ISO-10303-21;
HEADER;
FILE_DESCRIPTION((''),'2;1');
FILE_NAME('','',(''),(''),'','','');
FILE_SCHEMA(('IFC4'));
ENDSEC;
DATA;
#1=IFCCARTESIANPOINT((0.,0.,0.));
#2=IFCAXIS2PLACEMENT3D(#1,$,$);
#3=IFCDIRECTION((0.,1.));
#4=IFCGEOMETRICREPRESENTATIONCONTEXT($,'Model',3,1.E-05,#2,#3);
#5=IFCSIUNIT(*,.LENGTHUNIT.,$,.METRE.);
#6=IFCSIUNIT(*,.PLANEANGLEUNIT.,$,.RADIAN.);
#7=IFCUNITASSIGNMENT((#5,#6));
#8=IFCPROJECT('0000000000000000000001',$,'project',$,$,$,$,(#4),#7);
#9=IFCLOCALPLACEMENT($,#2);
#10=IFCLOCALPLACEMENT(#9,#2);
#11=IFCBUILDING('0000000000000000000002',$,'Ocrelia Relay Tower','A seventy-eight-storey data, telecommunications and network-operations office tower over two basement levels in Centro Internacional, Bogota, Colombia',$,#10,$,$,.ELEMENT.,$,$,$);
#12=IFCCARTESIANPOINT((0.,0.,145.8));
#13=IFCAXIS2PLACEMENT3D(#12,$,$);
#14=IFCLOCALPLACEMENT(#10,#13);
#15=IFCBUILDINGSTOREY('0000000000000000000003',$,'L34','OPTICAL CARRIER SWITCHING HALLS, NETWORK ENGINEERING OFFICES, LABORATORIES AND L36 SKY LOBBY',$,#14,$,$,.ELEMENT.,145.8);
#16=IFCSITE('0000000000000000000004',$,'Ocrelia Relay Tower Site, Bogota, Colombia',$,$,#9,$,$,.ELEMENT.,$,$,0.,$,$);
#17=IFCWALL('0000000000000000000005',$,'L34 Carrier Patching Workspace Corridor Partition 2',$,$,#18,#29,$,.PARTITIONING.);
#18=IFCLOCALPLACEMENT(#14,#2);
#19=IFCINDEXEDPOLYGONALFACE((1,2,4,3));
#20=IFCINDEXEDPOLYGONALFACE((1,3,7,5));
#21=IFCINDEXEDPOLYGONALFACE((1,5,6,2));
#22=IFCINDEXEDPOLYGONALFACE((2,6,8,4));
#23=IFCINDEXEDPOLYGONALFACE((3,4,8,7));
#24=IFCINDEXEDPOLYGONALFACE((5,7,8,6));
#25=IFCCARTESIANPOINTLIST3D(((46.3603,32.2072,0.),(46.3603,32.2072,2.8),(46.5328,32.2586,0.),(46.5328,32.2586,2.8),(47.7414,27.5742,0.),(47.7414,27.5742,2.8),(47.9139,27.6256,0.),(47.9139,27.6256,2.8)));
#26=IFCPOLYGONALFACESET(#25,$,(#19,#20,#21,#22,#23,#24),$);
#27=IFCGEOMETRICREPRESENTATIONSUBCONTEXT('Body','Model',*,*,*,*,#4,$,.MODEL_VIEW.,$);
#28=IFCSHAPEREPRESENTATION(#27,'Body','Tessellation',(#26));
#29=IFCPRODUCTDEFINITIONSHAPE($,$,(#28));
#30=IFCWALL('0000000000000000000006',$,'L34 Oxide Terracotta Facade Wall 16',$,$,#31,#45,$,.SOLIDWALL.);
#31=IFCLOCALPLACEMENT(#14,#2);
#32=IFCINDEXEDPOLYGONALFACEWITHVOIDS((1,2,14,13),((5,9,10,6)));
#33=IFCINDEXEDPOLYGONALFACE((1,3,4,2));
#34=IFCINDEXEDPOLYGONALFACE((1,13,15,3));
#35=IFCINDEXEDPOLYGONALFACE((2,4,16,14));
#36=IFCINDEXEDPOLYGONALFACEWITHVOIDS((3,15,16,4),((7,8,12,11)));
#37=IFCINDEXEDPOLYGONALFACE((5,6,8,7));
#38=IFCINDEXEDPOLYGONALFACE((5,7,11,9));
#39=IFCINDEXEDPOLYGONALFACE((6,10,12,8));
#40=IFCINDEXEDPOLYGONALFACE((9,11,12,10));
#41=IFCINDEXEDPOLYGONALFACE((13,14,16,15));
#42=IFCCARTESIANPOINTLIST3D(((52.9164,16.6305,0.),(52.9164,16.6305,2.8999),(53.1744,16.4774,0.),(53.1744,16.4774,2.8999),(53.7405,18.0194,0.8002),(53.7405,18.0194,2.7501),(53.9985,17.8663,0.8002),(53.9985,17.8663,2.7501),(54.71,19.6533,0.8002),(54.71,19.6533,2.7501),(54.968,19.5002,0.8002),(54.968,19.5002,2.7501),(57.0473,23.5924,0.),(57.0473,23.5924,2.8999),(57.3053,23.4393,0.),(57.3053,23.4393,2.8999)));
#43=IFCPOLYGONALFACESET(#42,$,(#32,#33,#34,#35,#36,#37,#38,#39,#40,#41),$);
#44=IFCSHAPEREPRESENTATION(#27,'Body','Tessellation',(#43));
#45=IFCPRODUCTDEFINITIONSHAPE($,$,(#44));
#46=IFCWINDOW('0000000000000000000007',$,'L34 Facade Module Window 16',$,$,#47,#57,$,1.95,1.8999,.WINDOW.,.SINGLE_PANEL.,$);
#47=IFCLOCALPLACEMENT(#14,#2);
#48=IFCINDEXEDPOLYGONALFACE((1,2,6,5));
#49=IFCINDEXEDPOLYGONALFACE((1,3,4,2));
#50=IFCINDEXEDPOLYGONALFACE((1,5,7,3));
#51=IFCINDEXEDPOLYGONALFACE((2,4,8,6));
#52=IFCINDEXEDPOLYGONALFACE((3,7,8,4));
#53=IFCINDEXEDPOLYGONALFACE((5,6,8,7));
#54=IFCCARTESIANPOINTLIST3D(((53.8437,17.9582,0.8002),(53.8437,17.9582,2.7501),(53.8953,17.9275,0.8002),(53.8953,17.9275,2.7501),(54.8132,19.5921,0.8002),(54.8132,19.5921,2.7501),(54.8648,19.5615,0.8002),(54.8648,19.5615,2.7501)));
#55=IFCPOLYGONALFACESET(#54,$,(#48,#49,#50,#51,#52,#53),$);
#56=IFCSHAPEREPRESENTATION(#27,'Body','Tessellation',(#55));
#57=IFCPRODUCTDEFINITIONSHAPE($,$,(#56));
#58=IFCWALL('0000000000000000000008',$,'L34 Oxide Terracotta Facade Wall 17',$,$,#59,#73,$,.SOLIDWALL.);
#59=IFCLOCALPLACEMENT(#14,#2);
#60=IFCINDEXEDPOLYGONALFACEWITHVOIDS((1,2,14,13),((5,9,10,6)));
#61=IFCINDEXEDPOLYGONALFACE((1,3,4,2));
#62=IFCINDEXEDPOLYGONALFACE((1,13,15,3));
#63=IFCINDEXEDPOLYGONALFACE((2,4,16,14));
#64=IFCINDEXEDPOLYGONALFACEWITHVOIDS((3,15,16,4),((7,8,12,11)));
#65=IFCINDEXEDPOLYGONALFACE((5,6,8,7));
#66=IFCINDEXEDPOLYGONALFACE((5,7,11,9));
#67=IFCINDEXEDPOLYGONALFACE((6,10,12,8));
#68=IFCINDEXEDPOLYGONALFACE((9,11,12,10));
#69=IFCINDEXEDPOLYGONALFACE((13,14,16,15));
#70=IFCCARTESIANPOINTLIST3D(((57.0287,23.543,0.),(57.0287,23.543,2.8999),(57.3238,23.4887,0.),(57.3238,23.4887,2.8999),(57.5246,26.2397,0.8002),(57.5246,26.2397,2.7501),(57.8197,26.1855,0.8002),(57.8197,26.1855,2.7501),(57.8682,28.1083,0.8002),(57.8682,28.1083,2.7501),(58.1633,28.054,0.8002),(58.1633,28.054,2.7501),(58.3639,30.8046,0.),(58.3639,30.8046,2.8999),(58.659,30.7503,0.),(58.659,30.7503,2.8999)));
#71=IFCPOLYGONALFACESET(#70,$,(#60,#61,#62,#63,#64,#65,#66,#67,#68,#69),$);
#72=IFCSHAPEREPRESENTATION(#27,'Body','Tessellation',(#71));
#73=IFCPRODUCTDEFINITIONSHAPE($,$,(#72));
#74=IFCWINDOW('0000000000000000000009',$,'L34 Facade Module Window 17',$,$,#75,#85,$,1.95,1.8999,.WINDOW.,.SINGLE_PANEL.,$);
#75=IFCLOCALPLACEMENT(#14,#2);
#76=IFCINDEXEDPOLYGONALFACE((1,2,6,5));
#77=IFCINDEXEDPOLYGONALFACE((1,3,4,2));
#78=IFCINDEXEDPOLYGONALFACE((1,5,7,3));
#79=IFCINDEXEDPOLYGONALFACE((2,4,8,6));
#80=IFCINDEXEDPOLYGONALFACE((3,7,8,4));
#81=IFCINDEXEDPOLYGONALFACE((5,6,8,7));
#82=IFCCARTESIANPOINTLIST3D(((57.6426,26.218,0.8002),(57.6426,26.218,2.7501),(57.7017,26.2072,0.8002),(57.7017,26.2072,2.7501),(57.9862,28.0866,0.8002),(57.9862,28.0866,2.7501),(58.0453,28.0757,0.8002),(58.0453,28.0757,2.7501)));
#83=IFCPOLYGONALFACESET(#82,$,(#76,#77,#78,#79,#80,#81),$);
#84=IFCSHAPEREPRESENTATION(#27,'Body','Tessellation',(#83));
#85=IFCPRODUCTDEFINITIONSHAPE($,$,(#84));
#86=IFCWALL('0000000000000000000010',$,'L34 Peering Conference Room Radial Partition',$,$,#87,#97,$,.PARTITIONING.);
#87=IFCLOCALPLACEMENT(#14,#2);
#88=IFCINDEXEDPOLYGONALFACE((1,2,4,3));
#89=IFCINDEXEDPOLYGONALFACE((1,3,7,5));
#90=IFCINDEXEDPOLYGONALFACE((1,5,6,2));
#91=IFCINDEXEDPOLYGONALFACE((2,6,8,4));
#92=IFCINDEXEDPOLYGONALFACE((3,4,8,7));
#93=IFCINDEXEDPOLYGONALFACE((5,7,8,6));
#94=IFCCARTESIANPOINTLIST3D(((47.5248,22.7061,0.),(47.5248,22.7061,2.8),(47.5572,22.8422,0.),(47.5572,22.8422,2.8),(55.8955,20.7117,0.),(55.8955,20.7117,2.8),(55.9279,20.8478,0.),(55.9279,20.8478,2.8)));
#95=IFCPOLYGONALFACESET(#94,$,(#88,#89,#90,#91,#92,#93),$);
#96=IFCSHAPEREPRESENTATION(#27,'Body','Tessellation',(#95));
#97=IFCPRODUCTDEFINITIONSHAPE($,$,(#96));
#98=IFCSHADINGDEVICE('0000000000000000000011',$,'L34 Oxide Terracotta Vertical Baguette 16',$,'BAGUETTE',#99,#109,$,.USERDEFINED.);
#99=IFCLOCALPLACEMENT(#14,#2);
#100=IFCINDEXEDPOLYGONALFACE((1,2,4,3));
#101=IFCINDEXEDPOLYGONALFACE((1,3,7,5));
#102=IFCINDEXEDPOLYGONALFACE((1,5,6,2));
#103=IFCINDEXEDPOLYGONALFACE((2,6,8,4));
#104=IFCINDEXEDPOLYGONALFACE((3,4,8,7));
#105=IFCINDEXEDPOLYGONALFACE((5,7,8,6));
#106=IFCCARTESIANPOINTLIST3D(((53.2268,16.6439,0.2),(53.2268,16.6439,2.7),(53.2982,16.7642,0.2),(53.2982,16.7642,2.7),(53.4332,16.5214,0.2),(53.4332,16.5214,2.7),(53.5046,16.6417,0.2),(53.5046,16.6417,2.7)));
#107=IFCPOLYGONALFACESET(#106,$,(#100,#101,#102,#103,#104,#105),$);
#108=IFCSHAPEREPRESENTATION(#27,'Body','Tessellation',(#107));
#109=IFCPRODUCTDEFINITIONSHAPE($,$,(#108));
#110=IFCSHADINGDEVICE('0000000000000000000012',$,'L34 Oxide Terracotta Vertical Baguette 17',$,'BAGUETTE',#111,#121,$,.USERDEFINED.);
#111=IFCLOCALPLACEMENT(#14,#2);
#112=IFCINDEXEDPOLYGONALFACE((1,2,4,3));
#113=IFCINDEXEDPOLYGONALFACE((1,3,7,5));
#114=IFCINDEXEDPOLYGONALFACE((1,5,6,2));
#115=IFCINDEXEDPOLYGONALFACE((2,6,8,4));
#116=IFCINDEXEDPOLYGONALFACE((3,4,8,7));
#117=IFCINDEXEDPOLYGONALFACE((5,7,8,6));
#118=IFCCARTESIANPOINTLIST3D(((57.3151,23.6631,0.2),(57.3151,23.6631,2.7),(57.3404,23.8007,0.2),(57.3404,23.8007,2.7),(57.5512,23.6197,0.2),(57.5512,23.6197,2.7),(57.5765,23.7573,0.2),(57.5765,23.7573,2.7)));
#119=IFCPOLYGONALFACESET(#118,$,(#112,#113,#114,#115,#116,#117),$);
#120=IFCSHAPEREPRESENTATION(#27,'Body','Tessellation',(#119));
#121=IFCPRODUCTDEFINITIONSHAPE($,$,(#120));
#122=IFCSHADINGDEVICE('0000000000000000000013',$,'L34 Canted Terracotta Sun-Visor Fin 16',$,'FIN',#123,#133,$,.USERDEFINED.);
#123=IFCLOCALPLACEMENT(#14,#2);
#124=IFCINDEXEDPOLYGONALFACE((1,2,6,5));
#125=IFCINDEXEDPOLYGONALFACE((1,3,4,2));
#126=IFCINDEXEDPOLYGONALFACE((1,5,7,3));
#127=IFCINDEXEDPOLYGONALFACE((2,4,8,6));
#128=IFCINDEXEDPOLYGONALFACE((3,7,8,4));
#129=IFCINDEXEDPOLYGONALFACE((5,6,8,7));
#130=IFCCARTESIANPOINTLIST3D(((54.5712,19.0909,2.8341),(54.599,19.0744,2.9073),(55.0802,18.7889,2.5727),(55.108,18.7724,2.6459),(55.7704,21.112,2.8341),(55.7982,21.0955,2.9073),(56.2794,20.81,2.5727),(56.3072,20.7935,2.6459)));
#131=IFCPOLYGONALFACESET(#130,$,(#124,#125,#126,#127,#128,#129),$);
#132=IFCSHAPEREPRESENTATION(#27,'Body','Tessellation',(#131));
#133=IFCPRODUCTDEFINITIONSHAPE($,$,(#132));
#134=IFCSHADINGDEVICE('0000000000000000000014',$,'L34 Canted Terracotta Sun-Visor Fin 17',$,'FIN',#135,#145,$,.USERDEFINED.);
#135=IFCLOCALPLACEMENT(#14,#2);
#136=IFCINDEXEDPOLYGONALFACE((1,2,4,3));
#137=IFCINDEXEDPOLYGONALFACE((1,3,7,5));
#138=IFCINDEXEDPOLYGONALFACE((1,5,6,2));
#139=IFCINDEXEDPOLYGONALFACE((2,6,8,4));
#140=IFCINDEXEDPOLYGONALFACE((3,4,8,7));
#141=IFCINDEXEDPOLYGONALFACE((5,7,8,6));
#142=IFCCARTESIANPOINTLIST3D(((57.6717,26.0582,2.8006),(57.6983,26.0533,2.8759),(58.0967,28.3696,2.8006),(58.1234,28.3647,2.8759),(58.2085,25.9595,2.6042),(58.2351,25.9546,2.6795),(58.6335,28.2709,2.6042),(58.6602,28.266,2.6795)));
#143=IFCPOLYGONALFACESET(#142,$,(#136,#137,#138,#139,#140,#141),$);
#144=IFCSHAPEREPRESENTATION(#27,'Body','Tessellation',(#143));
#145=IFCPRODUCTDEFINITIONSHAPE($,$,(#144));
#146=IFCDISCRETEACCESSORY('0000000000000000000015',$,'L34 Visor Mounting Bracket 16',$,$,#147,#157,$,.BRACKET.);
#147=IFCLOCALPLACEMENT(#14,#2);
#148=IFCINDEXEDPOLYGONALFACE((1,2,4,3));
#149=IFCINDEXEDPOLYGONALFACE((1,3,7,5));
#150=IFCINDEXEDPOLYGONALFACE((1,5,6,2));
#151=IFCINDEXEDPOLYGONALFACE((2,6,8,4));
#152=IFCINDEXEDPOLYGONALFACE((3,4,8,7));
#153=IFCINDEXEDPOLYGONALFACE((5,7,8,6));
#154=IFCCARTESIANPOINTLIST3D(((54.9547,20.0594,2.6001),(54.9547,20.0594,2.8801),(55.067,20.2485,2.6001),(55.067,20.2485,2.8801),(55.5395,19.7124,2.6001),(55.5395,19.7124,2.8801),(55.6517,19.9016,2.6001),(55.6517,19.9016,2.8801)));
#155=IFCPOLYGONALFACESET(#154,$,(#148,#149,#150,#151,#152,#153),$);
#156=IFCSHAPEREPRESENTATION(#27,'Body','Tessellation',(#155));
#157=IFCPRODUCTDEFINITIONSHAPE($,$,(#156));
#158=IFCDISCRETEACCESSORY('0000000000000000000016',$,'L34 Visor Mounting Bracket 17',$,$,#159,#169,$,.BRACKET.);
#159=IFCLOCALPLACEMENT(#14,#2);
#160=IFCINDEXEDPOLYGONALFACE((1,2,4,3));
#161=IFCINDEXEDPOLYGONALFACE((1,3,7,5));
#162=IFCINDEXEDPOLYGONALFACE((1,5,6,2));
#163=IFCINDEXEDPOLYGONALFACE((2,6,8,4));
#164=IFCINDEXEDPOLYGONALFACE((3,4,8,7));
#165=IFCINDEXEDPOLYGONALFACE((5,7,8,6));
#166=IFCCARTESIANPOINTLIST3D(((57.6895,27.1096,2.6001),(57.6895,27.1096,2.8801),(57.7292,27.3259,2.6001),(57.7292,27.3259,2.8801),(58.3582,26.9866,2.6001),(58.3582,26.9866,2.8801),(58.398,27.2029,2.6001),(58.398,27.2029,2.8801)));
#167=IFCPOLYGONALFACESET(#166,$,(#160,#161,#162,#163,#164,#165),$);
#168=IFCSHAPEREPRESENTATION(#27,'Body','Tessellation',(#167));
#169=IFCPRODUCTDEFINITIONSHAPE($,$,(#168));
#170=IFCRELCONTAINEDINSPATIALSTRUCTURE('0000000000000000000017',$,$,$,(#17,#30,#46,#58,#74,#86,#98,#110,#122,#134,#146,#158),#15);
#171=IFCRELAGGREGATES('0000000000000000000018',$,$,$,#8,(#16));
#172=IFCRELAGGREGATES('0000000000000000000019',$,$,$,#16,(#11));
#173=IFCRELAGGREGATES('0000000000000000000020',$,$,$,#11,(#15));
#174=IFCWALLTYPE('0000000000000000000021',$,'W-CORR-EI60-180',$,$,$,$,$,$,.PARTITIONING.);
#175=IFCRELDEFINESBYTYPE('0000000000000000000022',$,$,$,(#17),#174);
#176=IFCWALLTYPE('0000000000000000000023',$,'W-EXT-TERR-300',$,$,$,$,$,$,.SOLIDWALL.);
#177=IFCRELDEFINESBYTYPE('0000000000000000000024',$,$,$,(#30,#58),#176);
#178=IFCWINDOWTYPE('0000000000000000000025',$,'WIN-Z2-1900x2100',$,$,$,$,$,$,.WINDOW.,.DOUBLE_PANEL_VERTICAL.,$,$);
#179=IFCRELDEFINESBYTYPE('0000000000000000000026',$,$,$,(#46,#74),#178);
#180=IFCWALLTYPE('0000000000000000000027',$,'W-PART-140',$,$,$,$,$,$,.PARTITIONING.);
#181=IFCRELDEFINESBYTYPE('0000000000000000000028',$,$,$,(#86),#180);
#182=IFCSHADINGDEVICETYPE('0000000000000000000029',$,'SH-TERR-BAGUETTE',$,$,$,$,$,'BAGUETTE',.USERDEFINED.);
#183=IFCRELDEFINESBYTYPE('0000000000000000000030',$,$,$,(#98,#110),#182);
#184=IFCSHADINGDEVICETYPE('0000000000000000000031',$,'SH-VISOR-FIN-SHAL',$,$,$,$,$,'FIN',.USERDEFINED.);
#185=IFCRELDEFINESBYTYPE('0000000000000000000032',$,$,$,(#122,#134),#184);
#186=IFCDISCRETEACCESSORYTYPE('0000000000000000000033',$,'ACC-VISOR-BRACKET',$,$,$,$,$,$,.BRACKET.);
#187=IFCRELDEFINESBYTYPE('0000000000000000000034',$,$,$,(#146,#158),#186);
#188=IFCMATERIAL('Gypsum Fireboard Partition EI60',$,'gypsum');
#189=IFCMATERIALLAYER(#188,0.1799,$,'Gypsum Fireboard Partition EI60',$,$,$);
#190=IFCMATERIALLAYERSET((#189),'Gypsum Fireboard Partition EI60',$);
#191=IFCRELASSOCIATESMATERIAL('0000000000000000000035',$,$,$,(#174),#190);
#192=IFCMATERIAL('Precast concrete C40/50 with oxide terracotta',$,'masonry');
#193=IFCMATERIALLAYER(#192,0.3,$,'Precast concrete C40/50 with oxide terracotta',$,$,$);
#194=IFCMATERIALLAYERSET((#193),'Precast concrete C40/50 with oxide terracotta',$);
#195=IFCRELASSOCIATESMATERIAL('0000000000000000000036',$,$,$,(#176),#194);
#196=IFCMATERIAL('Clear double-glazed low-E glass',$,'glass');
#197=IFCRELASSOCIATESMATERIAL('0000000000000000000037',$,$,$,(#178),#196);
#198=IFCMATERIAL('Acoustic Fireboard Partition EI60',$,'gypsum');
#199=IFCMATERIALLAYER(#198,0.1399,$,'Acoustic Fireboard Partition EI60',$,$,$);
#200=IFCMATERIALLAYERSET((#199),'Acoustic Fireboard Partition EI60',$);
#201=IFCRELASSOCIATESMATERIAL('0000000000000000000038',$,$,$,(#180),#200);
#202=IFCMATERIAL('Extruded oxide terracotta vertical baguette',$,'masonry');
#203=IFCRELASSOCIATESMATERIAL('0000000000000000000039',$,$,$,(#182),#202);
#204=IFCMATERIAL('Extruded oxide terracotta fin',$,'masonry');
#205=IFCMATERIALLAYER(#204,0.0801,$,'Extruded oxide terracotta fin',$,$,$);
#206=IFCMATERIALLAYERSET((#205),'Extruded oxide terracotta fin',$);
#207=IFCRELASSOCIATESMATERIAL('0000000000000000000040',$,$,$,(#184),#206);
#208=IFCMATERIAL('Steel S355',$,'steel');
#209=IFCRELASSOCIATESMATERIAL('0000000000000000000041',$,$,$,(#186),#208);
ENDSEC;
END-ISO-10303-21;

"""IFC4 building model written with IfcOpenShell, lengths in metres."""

from ifc_helpers import new_model, si_unit, direction, frame, frame_2d, origin, origin_2d, place, context, subcontext, project, spatial, rectangle, extrude, material, layer, layer_set, type_object, element, fill, save


model = new_model("IFC4")

# Units and contexts
model_context = context("Model", 3, precision=1e-05, world=origin(), true_north=direction((0.0, 1.0)))
body_context = subcontext(model_context, "Body", "Model", "MODEL_VIEW")
ifc_project = project(units=[si_unit("LENGTHUNIT", "METRE"), si_unit("PLANEANGLEUNIT", "RADIAN")], contexts=[model_context])

# Site, building, storey
site_placement = place(None, origin())
site = spatial("IfcSite", under=ifc_project, at=site_placement, Name="Ocrelia Relay Tower Site, Bogota, Colombia", CompositionType="ELEMENT", RefElevation=0.0)
building_placement = place(site_placement, origin())
building = spatial("IfcBuilding", under=site, at=building_placement, Name="Ocrelia Relay Tower", Description="A seventy-eight-storey data, telecommunications and network-operations office tower over two basement levels in Centro Internacional, Bogota, Colombia", CompositionType="ELEMENT")
storey_placement = place(building_placement, frame((0.0, 0.0, 145.8)))
storey = spatial("IfcBuildingStorey", under=building, at=storey_placement, Name="L34", Description="OPTICAL CARRIER SWITCHING HALLS, NETWORK ENGINEERING OFFICES, LABORATORIES AND L36 SKY LOBBY", CompositionType="ELEMENT", Elevation=145.8)

# Shared definitions
ifc_material_1 = material(Name="Steel S355", Category="steel")

# Shared definitions
ifc_material_2 = material(Name="Gypsum Fireboard Partition EI60", Category="gypsum")
ifc_layer_1 = layer(ifc_material_2, 0.1799, Name="Gypsum Fireboard Partition EI60")
ifc_layer_set_1 = layer_set([ifc_layer_1], Name="Gypsum Fireboard Partition EI60")
wall_type_1 = type_object("IfcWallType", Name="W-CORR-EI60-180", PredefinedType="PARTITIONING", material=ifc_layer_set_1)

# Wall
wall_1_placement = place(storey_placement, frame((47.8276, 27.5999, 0.0), z_axis=(0.0, 0.0, 1.0), x_axis=(-0.285675, 0.958327, 0.0)))
element("IfcWall", 1, at=wall_1_placement, inside=storey, type_object=wall_type_1, Name="L34 Carrier Patching Workspace Corridor Partition 2", PredefinedType="PARTITIONING", context=body_context, shape_type="SweptSolid", body=[
    extrude(rectangle(XDim=4.8345, YDim=0.1799, at=frame_2d((2.4172, 0.0))), origin(), (0.0, 0.0, 1.0), 2.8),
])

# Walls, openings, windows
ifc_material_3 = material(Name="Precast concrete C40/50 with oxide terracotta", Category="masonry")
ifc_layer_2 = layer(ifc_material_3, 0.3, Name="Precast concrete C40/50 with oxide terracotta")
ifc_layer_set_2 = layer_set([ifc_layer_2], Name="Precast concrete C40/50 with oxide terracotta")
wall_type_2 = type_object("IfcWallType", Name="W-EXT-TERR-300", PredefinedType="SOLIDWALL", material=ifc_layer_set_2)
wall_2_placement = place(storey_placement, frame((53.0454, 16.554, 0.0), z_axis=(0.0, 0.0, 1.0), x_axis=(0.510285, 0.860005, 0.0)))
wall_2 = element("IfcWall", 2, at=wall_2_placement, inside=storey, type_object=wall_type_2, Name="L34 Oxide Terracotta Facade Wall 16", PredefinedType="SOLIDWALL", context=body_context, shape_type="SweptSolid", body=[
    extrude(rectangle(XDim=8.0952, YDim=0.3, at=frame_2d((4.0476, 0.0))), origin(), (0.0, 0.0, 1.0), 2.8999),
])
opening_1_placement = place(wall_2_placement, frame((1.615, 0.0, 0.8)))
opening_1 = element("IfcOpeningElement", 3, at=opening_1_placement, cuts=wall_2, PredefinedType="OPENING", context=body_context, shape_type="SweptSolid", body=[
    extrude(rectangle(XDim=1.8999, YDim=1.95, at=frame_2d((0.95, 0.9751))), frame((0.0, 0.1602, 0.0), z_axis=(0.0, -1.0, 0.0), x_axis=(1.0, 0.0, 0.0)), (0.0, 0.0, 1.0), 0.3201),
])
ifc_material_4 = material(Name="Clear double-glazed low-E glass", Category="glass")
window_type = type_object("IfcWindowType", Name="WIN-Z2-1900x2100", PartitioningType="DOUBLE_PANEL_VERTICAL", PredefinedType="WINDOW", material=ifc_material_4)
window_1_placement = place(opening_1_placement, origin())
window_1 = element("IfcWindow", 4, at=window_1_placement, inside=storey, type_object=window_type, Name="L34 Facade Module Window 16", OverallHeight=1.95, OverallWidth=1.8999, PartitioningType="SINGLE_PANEL", PredefinedType="WINDOW", context=body_context, shape_type="SweptSolid", body=[
    extrude(rectangle(XDim=1.8999, YDim=1.95, at=frame_2d((0.95, 0.9751))), frame((0.0, 0.03, 0.0), z_axis=(0.0, -1.0, 0.0), x_axis=(1.0, 0.0, 0.0)), (0.0, 0.0, 1.0), 0.0601),
])
fill(opening_1, window_1)
wall_3_placement = place(storey_placement, frame((57.1763, 23.5159, 0.0), z_axis=(0.0, 0.0, 1.0), x_axis=(0.180843, 0.983512, 0.0)))
wall_3 = element("IfcWall", 5, at=wall_3_placement, inside=storey, type_object=wall_type_2, Name="L34 Oxide Terracotta Facade Wall 17", PredefinedType="SOLIDWALL", context=body_context, shape_type="SweptSolid", body=[
    extrude(rectangle(XDim=7.3833, YDim=0.3, at=frame_2d((3.6917, 0.0))), origin(), (0.0, 0.0, 1.0), 2.8999),
])
opening_2_placement = place(wall_3_placement, frame((2.7419, 0.0, 0.8)))
opening_2 = element("IfcOpeningElement", 6, at=opening_2_placement, cuts=wall_3, PredefinedType="OPENING", context=body_context, shape_type="SweptSolid", body=[
    extrude(rectangle(XDim=1.8999, YDim=1.95, at=frame_2d((0.95, 0.9751))), frame((0.0, 0.1602, 0.0), z_axis=(0.0, -1.0, 0.0), x_axis=(1.0, 0.0, 0.0)), (0.0, 0.0, 1.0), 0.3201),
])
window_2_placement = place(opening_2_placement, origin())
window_2 = element("IfcWindow", 7, at=window_2_placement, inside=storey, type_object=window_type, Name="L34 Facade Module Window 17", OverallHeight=1.95, OverallWidth=1.8999, PartitioningType="SINGLE_PANEL", PredefinedType="WINDOW", context=body_context, shape_type="SweptSolid", body=[
    extrude(rectangle(XDim=1.8999, YDim=1.95, at=frame_2d((0.95, 0.9751))), frame((0.0, 0.03, 0.0), z_axis=(0.0, -1.0, 0.0), x_axis=(1.0, 0.0, 0.0)), (0.0, 0.0, 1.0), 0.0601),
])
fill(opening_2, window_2)

# Wall
ifc_material_5 = material(Name="Acoustic Fireboard Partition EI60", Category="gypsum")
ifc_layer_3 = layer(ifc_material_5, 0.1399, Name="Acoustic Fireboard Partition EI60")
ifc_layer_set_3 = layer_set([ifc_layer_3], Name="Acoustic Fireboard Partition EI60")
wall_type_3 = type_object("IfcWallType", Name="W-PART-140", PredefinedType="PARTITIONING", material=ifc_layer_set_3)
wall_4_placement = place(storey_placement, frame((47.541, 22.7742, 0.0), z_axis=(0.0, 0.0, 1.0), x_axis=(0.97277, -0.231773, 0.0)))
element("IfcWall", 8, at=wall_4_placement, inside=storey, type_object=wall_type_3, Name="L34 Peering Conference Room Radial Partition", PredefinedType="PARTITIONING", context=body_context, shape_type="SweptSolid", body=[
    extrude(rectangle(XDim=8.605, YDim=0.1399, at=frame_2d((4.3025, 0.0))), origin(), (0.0, 0.0, 1.0), 2.8),
])

# Shading devices
ifc_material_6 = material(Name="Extruded oxide terracotta vertical baguette", Category="masonry")
shading_device_type_1 = type_object("IfcShadingDeviceType", Name="SH-TERR-BAGUETTE", ElementType="BAGUETTE", PredefinedType="USERDEFINED", material=ifc_material_6)
for number, where, z_axis, x_axis, name in (
    (9, (53.3657, 16.6428, 0.2), (0.0, 0.0, 1.0), (0.510271, 0.860013, 0.0), "L34 Oxide Terracotta Vertical Baguette 16"),
    (10, (57.4458, 23.7102, 0.2), (0.0, 0.0, 1.0), (0.180855, 0.98351, 0.0), "L34 Oxide Terracotta Vertical Baguette 17"),
):
    element("IfcShadingDevice", number, at=place(storey_placement, frame(where, z_axis=z_axis, x_axis=x_axis)), inside=storey, type_object=shading_device_type_1, Name=name, ObjectType="BAGUETTE", PredefinedType="USERDEFINED", context=body_context, shape_type="SweptSolid", body=[
        extrude(rectangle(XDim=0.1399, YDim=0.24, at=origin_2d()), origin(), (0.0, 0.0, 1.0), 2.5),
    ])
ifc_material_7 = material(Name="Extruded oxide terracotta fin", Category="masonry")
ifc_layer_4 = layer(ifc_material_7, 0.0801, Name="Extruded oxide terracotta fin")
ifc_layer_set_4 = layer_set([ifc_layer_4], Name="Extruded oxide terracotta fin")
shading_device_type_2 = type_object("IfcShadingDeviceType", Name="SH-VISOR-FIN-SHAL", ElementType="FIN", PredefinedType="USERDEFINED", material=ifc_layer_set_4)
shading_device_1_placement = place(storey_placement, frame((55.4253, 19.9504, 2.7034), z_axis=(0.347466, -0.206162, 0.914748), x_axis=(0.510271, 0.860013, 0.0)))
element("IfcShadingDevice", 11, at=shading_device_1_placement, inside=storey, type_object=shading_device_type_2, Name="L34 Canted Terracotta Sun-Visor Fin 16", ObjectType="FIN", PredefinedType="USERDEFINED", context=body_context, shape_type="SweptSolid", body=[
    extrude(rectangle(XDim=2.3501, YDim=0.647, at=origin_2d()), origin(), (0.0, 0.0, 1.0), 0.0801),
])
shading_device_2_placement = place(storey_placement, frame((58.1526, 27.1646, 2.7024), z_axis=(0.332991, -0.061233, 0.94094), x_axis=(0.180855, 0.98351, 0.0)))
element("IfcShadingDevice", 12, at=shading_device_2_placement, inside=storey, type_object=shading_device_type_2, Name="L34 Canted Terracotta Sun-Visor Fin 17", ObjectType="FIN", PredefinedType="USERDEFINED", context=body_context, shape_type="SweptSolid", body=[
    extrude(rectangle(XDim=2.3501, YDim=0.5801, at=origin_2d()), origin(), (0.0, 0.0, 1.0), 0.0801),
])

# Discrete accessories
discrete_accessory_type = type_object("IfcDiscreteAccessoryType", Name="ACC-VISOR-BRACKET", PredefinedType="BRACKET", material=ifc_material_1)
for number, where, z_axis, x_axis, name in (
    (13, (55.3032, 19.9805, 2.6001), (0.0, 0.0, 1.0), (0.510271, 0.860013, 0.0), "L34 Visor Mounting Bracket 16"),
    (14, (58.0437, 27.1562, 2.6001), (0.0, 0.0, 1.0), (0.180855, 0.98351, 0.0), "L34 Visor Mounting Bracket 17"),
):
    element("IfcDiscreteAccessory", number, at=place(storey_placement, frame(where, z_axis=z_axis, x_axis=x_axis)), inside=storey, type_object=discrete_accessory_type, Name=name, PredefinedType="BRACKET", context=body_context, shape_type="SweptSolid", body=[
        extrude(rectangle(XDim=0.22, YDim=0.6799, at=origin_2d()), origin(), (0.0, 0.0, 1.0), 0.28),
    ])

save(model, "model.ifc")
